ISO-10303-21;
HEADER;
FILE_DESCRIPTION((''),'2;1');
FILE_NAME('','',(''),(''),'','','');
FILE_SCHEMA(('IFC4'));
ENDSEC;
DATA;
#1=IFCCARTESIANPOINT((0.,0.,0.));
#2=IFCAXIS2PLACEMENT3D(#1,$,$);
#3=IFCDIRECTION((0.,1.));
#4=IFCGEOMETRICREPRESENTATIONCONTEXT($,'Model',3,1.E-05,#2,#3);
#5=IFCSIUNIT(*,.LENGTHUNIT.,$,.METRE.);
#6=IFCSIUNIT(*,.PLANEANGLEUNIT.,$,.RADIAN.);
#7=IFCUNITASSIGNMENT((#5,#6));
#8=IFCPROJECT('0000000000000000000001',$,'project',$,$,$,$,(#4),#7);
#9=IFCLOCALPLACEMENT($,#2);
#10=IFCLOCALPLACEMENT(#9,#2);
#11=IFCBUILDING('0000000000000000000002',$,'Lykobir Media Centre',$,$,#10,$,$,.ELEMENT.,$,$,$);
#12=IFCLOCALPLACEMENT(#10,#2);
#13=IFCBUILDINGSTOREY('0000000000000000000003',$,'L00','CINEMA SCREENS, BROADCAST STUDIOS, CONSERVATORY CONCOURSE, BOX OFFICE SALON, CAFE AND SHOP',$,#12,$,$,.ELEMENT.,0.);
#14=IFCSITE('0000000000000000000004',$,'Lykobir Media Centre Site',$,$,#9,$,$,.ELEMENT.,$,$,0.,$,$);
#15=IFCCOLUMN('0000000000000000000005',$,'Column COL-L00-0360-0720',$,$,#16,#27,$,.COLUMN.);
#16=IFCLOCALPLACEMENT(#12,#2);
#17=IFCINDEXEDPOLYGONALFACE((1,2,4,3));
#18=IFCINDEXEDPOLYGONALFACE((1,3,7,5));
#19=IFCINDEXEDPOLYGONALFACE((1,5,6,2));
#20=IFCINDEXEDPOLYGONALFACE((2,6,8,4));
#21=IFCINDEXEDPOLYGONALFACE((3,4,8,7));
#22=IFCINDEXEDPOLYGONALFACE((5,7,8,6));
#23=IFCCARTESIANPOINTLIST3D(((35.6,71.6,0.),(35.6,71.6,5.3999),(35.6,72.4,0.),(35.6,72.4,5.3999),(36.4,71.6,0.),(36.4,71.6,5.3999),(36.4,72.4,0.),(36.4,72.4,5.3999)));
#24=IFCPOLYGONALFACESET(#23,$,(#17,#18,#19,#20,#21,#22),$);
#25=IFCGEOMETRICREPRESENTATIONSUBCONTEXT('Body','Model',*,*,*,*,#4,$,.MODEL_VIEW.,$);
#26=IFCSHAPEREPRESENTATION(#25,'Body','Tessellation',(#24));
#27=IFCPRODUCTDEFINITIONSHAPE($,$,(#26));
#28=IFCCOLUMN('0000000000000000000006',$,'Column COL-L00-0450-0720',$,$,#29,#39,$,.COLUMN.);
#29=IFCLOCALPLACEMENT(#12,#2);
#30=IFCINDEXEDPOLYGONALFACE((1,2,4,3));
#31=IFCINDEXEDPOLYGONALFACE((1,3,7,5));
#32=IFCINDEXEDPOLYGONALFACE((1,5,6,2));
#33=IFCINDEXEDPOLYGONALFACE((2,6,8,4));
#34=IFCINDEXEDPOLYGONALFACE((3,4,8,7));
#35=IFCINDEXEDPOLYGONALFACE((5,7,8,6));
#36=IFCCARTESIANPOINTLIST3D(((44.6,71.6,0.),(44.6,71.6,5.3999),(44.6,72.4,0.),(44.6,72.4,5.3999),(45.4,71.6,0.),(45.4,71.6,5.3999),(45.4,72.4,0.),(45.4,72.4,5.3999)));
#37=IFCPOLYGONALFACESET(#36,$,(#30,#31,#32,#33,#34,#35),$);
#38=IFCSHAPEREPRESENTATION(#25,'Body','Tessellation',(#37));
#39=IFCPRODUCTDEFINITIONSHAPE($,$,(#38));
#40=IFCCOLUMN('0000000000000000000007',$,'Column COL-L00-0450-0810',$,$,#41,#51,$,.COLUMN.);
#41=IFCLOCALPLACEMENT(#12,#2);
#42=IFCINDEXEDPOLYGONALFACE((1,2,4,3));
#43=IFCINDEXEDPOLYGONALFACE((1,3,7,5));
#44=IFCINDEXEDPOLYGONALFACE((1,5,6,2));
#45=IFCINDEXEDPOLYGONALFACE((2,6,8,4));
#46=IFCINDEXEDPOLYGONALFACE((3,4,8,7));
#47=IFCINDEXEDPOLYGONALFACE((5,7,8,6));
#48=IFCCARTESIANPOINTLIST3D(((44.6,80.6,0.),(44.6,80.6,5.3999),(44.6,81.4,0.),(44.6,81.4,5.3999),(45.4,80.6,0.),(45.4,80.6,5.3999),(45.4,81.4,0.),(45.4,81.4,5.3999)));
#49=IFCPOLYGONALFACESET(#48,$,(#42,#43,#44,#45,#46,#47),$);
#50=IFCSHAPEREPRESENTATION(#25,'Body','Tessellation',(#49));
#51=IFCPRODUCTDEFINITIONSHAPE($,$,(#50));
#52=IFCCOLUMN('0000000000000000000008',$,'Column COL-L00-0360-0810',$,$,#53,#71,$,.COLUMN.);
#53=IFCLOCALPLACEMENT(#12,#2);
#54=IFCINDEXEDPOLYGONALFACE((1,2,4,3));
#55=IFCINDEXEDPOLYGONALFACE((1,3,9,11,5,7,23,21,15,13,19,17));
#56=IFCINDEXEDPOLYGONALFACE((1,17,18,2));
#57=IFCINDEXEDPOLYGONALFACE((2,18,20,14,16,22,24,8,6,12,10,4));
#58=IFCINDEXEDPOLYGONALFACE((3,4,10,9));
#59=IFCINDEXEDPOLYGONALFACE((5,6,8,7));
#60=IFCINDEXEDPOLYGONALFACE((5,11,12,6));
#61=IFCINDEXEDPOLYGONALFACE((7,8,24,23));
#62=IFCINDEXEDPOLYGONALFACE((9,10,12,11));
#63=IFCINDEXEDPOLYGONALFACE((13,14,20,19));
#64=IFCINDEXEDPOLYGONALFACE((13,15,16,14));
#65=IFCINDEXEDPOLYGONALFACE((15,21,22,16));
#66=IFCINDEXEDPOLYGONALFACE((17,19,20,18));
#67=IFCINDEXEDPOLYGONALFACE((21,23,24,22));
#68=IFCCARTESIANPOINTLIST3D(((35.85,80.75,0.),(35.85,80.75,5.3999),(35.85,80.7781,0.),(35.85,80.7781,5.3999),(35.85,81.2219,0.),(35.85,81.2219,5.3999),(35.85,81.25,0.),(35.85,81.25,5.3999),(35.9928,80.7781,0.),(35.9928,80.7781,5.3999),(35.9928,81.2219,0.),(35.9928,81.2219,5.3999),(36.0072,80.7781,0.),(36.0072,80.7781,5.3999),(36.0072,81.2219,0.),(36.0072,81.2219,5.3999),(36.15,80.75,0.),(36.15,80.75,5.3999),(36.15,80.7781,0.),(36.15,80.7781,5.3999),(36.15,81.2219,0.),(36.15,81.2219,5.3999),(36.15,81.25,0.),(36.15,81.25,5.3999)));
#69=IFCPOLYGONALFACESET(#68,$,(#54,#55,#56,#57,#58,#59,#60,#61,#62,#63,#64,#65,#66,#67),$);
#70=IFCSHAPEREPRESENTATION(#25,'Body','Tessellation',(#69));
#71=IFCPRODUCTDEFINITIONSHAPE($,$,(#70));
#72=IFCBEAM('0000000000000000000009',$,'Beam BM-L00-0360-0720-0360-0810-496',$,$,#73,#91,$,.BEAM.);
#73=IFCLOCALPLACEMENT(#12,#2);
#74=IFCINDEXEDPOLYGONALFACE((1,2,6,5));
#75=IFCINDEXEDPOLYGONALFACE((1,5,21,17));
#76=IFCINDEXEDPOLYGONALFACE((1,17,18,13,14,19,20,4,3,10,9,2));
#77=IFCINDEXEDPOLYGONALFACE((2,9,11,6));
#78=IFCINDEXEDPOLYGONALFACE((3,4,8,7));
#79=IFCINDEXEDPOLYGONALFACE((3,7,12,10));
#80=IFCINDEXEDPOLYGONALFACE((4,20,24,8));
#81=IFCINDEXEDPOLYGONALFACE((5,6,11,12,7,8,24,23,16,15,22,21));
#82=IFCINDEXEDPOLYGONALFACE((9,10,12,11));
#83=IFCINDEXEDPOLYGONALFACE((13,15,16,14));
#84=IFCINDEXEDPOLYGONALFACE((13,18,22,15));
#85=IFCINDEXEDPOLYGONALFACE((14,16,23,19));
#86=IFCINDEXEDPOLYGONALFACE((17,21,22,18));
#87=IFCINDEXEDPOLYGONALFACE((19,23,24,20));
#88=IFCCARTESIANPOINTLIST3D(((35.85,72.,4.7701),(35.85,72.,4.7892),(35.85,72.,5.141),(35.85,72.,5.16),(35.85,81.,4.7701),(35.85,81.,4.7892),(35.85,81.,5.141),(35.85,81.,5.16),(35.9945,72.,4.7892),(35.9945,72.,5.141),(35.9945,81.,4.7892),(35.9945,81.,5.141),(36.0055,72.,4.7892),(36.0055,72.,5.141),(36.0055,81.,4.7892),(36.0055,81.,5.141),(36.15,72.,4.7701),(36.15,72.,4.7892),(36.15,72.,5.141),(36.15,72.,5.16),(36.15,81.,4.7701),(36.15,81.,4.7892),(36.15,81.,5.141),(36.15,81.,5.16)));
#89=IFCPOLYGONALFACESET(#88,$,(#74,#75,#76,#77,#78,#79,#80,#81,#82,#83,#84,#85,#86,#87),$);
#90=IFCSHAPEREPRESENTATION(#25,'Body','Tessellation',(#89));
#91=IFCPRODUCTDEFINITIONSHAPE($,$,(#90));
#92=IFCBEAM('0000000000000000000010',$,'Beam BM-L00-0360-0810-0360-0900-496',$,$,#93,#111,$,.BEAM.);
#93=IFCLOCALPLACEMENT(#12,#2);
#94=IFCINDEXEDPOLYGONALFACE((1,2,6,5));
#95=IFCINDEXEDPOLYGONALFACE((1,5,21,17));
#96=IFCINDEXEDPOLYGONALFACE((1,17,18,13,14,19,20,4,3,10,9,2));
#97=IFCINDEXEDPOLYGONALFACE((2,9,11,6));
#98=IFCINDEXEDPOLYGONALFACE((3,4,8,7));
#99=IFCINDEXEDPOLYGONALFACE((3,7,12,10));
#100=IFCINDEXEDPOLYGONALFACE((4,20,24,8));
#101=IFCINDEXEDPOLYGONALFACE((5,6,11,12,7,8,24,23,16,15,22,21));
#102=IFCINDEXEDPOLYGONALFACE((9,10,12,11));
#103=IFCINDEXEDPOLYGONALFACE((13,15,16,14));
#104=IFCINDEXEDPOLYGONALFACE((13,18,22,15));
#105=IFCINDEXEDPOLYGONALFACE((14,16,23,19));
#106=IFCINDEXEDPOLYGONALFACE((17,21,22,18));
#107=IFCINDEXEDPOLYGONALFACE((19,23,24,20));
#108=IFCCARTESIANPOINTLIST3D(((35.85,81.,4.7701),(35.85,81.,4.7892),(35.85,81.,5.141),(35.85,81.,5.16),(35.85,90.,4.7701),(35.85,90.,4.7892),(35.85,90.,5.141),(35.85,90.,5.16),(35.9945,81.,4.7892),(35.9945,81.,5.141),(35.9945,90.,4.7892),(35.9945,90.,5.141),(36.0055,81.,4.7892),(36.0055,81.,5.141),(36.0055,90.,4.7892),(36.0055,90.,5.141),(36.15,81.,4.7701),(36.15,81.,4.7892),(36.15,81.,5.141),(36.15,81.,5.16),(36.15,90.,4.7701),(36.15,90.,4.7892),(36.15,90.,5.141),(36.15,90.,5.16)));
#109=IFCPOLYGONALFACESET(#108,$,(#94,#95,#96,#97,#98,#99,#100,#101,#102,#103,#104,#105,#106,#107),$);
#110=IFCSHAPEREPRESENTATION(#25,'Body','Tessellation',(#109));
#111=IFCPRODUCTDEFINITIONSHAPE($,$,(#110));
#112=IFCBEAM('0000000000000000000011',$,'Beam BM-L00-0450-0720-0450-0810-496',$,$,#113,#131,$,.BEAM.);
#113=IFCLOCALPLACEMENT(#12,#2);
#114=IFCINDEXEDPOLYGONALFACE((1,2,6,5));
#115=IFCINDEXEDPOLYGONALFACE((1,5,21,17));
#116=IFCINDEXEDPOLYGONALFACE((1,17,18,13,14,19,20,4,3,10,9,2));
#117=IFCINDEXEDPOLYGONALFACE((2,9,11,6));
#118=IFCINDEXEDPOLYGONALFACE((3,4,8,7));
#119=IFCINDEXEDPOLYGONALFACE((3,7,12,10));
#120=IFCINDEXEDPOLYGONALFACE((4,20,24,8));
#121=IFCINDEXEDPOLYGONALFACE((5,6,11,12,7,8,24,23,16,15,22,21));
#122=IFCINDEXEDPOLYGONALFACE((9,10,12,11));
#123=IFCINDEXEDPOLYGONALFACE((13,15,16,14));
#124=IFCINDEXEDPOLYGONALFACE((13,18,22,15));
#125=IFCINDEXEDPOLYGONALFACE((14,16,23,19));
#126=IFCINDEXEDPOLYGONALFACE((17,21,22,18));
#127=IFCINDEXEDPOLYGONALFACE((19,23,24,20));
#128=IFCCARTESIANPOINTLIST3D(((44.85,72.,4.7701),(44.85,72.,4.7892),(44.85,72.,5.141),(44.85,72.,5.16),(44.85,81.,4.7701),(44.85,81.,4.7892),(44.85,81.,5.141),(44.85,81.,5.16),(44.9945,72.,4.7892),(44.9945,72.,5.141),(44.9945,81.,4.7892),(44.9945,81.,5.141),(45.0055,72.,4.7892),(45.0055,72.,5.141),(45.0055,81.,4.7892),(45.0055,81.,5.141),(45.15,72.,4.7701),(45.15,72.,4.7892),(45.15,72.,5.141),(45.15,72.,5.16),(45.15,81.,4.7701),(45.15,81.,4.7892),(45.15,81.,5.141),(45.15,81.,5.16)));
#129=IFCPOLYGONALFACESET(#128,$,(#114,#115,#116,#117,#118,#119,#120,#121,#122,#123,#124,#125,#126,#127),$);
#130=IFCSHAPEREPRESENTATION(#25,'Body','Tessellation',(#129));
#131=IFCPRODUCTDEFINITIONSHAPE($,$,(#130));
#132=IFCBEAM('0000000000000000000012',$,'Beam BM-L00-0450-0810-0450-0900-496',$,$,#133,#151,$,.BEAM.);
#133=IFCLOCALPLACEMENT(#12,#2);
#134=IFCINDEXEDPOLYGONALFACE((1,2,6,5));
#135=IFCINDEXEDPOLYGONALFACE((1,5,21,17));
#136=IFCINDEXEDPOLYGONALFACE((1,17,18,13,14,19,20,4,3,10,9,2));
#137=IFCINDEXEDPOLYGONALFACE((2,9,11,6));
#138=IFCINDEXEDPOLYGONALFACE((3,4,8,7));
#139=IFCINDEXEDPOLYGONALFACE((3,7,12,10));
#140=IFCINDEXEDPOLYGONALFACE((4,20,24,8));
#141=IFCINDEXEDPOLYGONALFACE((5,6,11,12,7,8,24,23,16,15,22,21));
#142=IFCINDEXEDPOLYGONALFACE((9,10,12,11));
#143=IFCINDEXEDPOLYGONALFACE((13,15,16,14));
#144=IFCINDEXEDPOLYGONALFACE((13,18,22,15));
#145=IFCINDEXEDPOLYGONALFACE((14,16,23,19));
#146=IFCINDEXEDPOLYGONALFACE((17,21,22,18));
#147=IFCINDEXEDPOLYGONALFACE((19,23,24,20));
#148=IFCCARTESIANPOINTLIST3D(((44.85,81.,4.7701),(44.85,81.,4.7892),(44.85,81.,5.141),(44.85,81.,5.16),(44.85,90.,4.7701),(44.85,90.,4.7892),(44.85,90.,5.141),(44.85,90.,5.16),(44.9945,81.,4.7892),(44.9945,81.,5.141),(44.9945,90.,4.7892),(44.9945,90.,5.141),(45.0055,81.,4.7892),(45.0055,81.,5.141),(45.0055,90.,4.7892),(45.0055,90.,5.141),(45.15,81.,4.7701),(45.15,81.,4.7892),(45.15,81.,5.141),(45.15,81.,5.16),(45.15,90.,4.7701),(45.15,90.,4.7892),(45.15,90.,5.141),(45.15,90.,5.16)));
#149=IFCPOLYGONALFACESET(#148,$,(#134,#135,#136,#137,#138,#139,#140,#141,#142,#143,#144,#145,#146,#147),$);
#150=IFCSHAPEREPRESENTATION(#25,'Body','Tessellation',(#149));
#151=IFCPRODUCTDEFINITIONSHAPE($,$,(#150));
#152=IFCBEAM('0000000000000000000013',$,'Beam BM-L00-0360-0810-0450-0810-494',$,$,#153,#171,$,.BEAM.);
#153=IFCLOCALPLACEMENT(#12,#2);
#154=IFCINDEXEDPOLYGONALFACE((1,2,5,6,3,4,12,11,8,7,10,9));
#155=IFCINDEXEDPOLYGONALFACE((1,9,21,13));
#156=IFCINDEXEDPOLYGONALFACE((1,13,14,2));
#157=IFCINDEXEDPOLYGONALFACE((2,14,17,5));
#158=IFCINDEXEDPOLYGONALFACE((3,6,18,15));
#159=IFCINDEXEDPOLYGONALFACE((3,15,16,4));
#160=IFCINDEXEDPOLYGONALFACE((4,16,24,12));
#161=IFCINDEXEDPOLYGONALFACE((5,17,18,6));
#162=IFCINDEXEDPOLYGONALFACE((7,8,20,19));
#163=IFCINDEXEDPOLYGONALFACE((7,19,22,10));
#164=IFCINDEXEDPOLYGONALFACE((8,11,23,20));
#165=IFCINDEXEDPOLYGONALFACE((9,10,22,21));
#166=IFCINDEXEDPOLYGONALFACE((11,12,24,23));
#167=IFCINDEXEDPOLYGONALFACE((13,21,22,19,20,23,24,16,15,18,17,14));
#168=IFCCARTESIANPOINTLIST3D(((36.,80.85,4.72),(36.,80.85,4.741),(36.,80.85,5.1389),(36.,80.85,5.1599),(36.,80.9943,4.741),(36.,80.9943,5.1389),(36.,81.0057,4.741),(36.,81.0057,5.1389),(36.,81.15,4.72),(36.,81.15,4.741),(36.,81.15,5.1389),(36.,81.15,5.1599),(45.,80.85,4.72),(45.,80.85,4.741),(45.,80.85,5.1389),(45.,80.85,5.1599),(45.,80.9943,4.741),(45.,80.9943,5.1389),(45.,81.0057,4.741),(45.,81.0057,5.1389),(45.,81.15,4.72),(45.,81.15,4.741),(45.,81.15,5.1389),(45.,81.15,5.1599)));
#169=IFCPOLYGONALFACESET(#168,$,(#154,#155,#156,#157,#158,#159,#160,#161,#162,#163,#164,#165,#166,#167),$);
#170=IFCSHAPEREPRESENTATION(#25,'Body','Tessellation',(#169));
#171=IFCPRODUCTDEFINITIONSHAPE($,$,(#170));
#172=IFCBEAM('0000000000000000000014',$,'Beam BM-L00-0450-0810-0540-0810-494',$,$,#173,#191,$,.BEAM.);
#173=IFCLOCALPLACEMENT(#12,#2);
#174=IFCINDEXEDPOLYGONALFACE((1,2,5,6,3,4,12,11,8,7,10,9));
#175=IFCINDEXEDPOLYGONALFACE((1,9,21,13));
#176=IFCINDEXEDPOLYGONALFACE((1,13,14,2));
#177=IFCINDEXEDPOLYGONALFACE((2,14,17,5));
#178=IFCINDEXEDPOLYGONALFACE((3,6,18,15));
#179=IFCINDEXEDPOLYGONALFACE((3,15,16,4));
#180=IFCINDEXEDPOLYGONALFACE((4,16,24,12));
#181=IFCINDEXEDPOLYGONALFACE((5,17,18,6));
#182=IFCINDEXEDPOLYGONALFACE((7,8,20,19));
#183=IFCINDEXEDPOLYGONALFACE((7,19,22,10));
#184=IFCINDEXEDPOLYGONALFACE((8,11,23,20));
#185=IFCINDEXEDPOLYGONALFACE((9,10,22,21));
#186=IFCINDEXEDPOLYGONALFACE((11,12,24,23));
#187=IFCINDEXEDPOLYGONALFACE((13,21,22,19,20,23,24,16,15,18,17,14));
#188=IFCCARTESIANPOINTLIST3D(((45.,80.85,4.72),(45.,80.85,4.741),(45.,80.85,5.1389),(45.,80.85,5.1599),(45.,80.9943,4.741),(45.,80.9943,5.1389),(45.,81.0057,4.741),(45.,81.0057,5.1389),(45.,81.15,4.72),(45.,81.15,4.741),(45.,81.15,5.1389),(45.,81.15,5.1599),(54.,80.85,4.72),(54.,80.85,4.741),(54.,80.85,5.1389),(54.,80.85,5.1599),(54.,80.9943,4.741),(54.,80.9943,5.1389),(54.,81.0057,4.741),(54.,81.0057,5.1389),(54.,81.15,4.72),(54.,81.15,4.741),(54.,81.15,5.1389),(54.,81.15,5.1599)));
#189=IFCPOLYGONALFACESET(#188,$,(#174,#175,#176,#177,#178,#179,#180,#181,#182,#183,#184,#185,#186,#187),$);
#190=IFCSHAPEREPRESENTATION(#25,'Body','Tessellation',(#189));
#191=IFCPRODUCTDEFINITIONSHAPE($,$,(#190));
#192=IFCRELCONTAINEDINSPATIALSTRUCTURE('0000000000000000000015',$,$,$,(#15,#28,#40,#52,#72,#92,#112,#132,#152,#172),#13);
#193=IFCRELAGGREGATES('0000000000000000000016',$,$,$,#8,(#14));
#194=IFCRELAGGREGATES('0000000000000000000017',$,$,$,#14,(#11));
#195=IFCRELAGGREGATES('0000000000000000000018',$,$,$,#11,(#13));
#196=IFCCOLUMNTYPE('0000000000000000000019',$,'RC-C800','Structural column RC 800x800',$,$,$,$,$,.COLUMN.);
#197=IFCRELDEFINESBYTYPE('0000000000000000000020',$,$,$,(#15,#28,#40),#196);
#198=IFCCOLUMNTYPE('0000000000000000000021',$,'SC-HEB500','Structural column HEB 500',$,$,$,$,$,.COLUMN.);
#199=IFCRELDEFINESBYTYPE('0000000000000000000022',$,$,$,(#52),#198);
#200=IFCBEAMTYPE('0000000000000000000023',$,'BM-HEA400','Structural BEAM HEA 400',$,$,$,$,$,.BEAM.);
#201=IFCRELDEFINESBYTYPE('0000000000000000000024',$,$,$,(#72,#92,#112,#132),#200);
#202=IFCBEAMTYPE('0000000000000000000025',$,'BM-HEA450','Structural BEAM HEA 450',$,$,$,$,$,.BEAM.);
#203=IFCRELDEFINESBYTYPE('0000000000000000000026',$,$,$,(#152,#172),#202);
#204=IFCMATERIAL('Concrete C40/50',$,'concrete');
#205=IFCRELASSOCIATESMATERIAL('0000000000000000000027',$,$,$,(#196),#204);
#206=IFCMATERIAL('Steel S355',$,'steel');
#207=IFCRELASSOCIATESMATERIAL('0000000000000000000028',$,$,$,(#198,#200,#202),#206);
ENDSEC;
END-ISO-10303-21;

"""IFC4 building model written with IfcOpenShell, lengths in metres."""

from ifc_helpers import new_model, si_unit, direction, frame, origin, origin_2d, place, context, subcontext, project, spatial, rectangle, i_section, extrude, material, material_profile, profile_set, type_object, element, save


model = new_model("IFC4")

# Units and contexts
model_context = context("Model", 3, precision=1e-05, world=origin(), true_north=direction((0.0, 1.0)))
body_context = subcontext(model_context, "Body", "Model", "MODEL_VIEW")
ifc_project = project(units=[si_unit("LENGTHUNIT", "METRE"), si_unit("PLANEANGLEUNIT", "RADIAN")], contexts=[model_context])

# Site, building, storey
site_placement = place(None, origin())
site = spatial("IfcSite", under=ifc_project, at=site_placement, Name="Lykobir Media Centre Site", CompositionType="ELEMENT", RefElevation=0.0)
building_placement = place(site_placement, origin())
building = spatial("IfcBuilding", under=site, at=building_placement, Name="Lykobir Media Centre", CompositionType="ELEMENT")
storey_placement = place(building_placement, origin())
storey = spatial("IfcBuildingStorey", under=building, at=storey_placement, Name="L00", Description="CINEMA SCREENS, BROADCAST STUDIOS, CONSERVATORY CONCOURSE, BOX OFFICE SALON, CAFE AND SHOP", CompositionType="ELEMENT", Elevation=0.0)

# Columns
ifc_material_1 = material(Name="Concrete C40/50", Category="concrete")
ifc_material_profile_1 = material_profile(ifc_material_1, rectangle(XDim=0.8, YDim=0.8, at=origin_2d()), Name="RC 800x800")
ifc_profile_set_1 = profile_set([ifc_material_profile_1], Name="Concrete C40/50")
column_type_1 = type_object("IfcColumnType", Name="RC-C800", Description="Structural column RC 800x800", PredefinedType="COLUMN", material=ifc_profile_set_1)
for number, where, z_axis, x_axis, name in (
    (1, (36.0, 72.0, 0.0), (0.0, 0.0, 1.0), (1.0, 0.0, 0.0), "Column COL-L00-0360-0720"),
    (2, (45.0, 72.0, 0.0), (0.0, 0.0, 1.0), (1.0, 0.0, 0.0), "Column COL-L00-0450-0720"),
    (3, (45.0, 81.0, 0.0), (0.0, 0.0, 1.0), (1.0, 0.0, 0.0), "Column COL-L00-0450-0810"),
):
    element("IfcColumn", number, at=place(storey_placement, frame(where, z_axis=z_axis, x_axis=x_axis)), inside=storey, type_object=column_type_1, Name=name, PredefinedType="COLUMN", context=body_context, shape_type="SweptSolid", body=[
        extrude(rectangle(XDim=0.8, YDim=0.8, at=origin_2d()), origin(), (0.0, 0.0, 1.0), 5.3999),
    ])
ifc_material_2 = material(Name="Steel S355", Category="steel")
ifc_material_profile_2 = material_profile(ifc_material_2, i_section(OverallWidth=0.3, OverallDepth=0.5, WebThickness=0.0144, FlangeThickness=0.0281, at=origin_2d()), Name="HEB 500")
ifc_profile_set_2 = profile_set([ifc_material_profile_2], Name="Steel S355")
column_type_2 = type_object("IfcColumnType", Name="SC-HEB500", Description="Structural column HEB 500", PredefinedType="COLUMN", material=ifc_profile_set_2)
column_placement = place(storey_placement, frame((36.0, 81.0, 0.0), z_axis=(0.0, 0.0, 1.0), x_axis=(1.0, 0.0, 0.0)))
element("IfcColumn", 4, at=column_placement, inside=storey, type_object=column_type_2, Name="Column COL-L00-0360-0810", PredefinedType="COLUMN", context=body_context, shape_type="SweptSolid", body=[
    extrude(i_section(OverallWidth=0.3, OverallDepth=0.5, WebThickness=0.0144, FlangeThickness=0.0281, at=origin_2d()), origin(), (0.0, 0.0, 1.0), 5.3999),
])

# Beams
ifc_material_profile_3 = material_profile(ifc_material_2, i_section(OverallWidth=0.3, OverallDepth=0.3899, WebThickness=0.011, FlangeThickness=0.019, at=origin_2d()), Name="HEA 400")
ifc_profile_set_3 = profile_set([ifc_material_profile_3], Name="Steel S355")
beam_type_1 = type_object("IfcBeamType", Name="BM-HEA400", Description="Structural BEAM HEA 400", PredefinedType="BEAM", material=ifc_profile_set_3)
for number, where, z_axis, x_axis, name in (
    (5, (36.0, 72.0, 4.9651), (0.0, 1.0, 0.0), (-1.0, 0.0, 0.0), "Beam BM-L00-0360-0720-0360-0810-496"),
    (6, (36.0, 81.0, 4.9651), (0.0, 1.0, 0.0), (-1.0, 0.0, 0.0), "Beam BM-L00-0360-0810-0360-0900-496"),
    (7, (45.0, 72.0, 4.9651), (0.0, 1.0, 0.0), (-1.0, 0.0, 0.0), "Beam BM-L00-0450-0720-0450-0810-496"),
    (8, (45.0, 81.0, 4.9651), (0.0, 1.0, 0.0), (-1.0, 0.0, 0.0), "Beam BM-L00-0450-0810-0450-0900-496"),
):
    element("IfcBeam", number, at=place(storey_placement, frame(where, z_axis=z_axis, x_axis=x_axis)), inside=storey, type_object=beam_type_1, Name=name, PredefinedType="BEAM", context=body_context, shape_type="SweptSolid", body=[
        extrude(i_section(OverallWidth=0.3, OverallDepth=0.3899, WebThickness=0.011, FlangeThickness=0.019, at=origin_2d()), origin(), (0.0, 0.0, 1.0), 9.0),
    ])
ifc_material_profile_4 = material_profile(ifc_material_2, i_section(OverallWidth=0.3, OverallDepth=0.4399, WebThickness=0.0115, FlangeThickness=0.021, at=origin_2d()), Name="HEA 450")
ifc_profile_set_4 = profile_set([ifc_material_profile_4], Name="Steel S355")
beam_type_2 = type_object("IfcBeamType", Name="BM-HEA450", Description="Structural BEAM HEA 450", PredefinedType="BEAM", material=ifc_profile_set_4)
for number, where, z_axis, x_axis, name in (
    (9, (36.0, 81.0, 4.9399), (1.0, 0.0, 0.0), (0.0, 1.0, 0.0), "Beam BM-L00-0360-0810-0450-0810-494"),
    (10, (45.0, 81.0, 4.9399), (1.0, 0.0, 0.0), (0.0, 1.0, 0.0), "Beam BM-L00-0450-0810-0540-0810-494"),
):
    element("IfcBeam", number, at=place(storey_placement, frame(where, z_axis=z_axis, x_axis=x_axis)), inside=storey, type_object=beam_type_2, Name=name, PredefinedType="BEAM", context=body_context, shape_type="SweptSolid", body=[
        extrude(i_section(OverallWidth=0.3, OverallDepth=0.4399, WebThickness=0.0115, FlangeThickness=0.021, at=origin_2d()), origin(), (0.0, 0.0, 1.0), 9.0),
    ])

save(model, "model.ifc")
